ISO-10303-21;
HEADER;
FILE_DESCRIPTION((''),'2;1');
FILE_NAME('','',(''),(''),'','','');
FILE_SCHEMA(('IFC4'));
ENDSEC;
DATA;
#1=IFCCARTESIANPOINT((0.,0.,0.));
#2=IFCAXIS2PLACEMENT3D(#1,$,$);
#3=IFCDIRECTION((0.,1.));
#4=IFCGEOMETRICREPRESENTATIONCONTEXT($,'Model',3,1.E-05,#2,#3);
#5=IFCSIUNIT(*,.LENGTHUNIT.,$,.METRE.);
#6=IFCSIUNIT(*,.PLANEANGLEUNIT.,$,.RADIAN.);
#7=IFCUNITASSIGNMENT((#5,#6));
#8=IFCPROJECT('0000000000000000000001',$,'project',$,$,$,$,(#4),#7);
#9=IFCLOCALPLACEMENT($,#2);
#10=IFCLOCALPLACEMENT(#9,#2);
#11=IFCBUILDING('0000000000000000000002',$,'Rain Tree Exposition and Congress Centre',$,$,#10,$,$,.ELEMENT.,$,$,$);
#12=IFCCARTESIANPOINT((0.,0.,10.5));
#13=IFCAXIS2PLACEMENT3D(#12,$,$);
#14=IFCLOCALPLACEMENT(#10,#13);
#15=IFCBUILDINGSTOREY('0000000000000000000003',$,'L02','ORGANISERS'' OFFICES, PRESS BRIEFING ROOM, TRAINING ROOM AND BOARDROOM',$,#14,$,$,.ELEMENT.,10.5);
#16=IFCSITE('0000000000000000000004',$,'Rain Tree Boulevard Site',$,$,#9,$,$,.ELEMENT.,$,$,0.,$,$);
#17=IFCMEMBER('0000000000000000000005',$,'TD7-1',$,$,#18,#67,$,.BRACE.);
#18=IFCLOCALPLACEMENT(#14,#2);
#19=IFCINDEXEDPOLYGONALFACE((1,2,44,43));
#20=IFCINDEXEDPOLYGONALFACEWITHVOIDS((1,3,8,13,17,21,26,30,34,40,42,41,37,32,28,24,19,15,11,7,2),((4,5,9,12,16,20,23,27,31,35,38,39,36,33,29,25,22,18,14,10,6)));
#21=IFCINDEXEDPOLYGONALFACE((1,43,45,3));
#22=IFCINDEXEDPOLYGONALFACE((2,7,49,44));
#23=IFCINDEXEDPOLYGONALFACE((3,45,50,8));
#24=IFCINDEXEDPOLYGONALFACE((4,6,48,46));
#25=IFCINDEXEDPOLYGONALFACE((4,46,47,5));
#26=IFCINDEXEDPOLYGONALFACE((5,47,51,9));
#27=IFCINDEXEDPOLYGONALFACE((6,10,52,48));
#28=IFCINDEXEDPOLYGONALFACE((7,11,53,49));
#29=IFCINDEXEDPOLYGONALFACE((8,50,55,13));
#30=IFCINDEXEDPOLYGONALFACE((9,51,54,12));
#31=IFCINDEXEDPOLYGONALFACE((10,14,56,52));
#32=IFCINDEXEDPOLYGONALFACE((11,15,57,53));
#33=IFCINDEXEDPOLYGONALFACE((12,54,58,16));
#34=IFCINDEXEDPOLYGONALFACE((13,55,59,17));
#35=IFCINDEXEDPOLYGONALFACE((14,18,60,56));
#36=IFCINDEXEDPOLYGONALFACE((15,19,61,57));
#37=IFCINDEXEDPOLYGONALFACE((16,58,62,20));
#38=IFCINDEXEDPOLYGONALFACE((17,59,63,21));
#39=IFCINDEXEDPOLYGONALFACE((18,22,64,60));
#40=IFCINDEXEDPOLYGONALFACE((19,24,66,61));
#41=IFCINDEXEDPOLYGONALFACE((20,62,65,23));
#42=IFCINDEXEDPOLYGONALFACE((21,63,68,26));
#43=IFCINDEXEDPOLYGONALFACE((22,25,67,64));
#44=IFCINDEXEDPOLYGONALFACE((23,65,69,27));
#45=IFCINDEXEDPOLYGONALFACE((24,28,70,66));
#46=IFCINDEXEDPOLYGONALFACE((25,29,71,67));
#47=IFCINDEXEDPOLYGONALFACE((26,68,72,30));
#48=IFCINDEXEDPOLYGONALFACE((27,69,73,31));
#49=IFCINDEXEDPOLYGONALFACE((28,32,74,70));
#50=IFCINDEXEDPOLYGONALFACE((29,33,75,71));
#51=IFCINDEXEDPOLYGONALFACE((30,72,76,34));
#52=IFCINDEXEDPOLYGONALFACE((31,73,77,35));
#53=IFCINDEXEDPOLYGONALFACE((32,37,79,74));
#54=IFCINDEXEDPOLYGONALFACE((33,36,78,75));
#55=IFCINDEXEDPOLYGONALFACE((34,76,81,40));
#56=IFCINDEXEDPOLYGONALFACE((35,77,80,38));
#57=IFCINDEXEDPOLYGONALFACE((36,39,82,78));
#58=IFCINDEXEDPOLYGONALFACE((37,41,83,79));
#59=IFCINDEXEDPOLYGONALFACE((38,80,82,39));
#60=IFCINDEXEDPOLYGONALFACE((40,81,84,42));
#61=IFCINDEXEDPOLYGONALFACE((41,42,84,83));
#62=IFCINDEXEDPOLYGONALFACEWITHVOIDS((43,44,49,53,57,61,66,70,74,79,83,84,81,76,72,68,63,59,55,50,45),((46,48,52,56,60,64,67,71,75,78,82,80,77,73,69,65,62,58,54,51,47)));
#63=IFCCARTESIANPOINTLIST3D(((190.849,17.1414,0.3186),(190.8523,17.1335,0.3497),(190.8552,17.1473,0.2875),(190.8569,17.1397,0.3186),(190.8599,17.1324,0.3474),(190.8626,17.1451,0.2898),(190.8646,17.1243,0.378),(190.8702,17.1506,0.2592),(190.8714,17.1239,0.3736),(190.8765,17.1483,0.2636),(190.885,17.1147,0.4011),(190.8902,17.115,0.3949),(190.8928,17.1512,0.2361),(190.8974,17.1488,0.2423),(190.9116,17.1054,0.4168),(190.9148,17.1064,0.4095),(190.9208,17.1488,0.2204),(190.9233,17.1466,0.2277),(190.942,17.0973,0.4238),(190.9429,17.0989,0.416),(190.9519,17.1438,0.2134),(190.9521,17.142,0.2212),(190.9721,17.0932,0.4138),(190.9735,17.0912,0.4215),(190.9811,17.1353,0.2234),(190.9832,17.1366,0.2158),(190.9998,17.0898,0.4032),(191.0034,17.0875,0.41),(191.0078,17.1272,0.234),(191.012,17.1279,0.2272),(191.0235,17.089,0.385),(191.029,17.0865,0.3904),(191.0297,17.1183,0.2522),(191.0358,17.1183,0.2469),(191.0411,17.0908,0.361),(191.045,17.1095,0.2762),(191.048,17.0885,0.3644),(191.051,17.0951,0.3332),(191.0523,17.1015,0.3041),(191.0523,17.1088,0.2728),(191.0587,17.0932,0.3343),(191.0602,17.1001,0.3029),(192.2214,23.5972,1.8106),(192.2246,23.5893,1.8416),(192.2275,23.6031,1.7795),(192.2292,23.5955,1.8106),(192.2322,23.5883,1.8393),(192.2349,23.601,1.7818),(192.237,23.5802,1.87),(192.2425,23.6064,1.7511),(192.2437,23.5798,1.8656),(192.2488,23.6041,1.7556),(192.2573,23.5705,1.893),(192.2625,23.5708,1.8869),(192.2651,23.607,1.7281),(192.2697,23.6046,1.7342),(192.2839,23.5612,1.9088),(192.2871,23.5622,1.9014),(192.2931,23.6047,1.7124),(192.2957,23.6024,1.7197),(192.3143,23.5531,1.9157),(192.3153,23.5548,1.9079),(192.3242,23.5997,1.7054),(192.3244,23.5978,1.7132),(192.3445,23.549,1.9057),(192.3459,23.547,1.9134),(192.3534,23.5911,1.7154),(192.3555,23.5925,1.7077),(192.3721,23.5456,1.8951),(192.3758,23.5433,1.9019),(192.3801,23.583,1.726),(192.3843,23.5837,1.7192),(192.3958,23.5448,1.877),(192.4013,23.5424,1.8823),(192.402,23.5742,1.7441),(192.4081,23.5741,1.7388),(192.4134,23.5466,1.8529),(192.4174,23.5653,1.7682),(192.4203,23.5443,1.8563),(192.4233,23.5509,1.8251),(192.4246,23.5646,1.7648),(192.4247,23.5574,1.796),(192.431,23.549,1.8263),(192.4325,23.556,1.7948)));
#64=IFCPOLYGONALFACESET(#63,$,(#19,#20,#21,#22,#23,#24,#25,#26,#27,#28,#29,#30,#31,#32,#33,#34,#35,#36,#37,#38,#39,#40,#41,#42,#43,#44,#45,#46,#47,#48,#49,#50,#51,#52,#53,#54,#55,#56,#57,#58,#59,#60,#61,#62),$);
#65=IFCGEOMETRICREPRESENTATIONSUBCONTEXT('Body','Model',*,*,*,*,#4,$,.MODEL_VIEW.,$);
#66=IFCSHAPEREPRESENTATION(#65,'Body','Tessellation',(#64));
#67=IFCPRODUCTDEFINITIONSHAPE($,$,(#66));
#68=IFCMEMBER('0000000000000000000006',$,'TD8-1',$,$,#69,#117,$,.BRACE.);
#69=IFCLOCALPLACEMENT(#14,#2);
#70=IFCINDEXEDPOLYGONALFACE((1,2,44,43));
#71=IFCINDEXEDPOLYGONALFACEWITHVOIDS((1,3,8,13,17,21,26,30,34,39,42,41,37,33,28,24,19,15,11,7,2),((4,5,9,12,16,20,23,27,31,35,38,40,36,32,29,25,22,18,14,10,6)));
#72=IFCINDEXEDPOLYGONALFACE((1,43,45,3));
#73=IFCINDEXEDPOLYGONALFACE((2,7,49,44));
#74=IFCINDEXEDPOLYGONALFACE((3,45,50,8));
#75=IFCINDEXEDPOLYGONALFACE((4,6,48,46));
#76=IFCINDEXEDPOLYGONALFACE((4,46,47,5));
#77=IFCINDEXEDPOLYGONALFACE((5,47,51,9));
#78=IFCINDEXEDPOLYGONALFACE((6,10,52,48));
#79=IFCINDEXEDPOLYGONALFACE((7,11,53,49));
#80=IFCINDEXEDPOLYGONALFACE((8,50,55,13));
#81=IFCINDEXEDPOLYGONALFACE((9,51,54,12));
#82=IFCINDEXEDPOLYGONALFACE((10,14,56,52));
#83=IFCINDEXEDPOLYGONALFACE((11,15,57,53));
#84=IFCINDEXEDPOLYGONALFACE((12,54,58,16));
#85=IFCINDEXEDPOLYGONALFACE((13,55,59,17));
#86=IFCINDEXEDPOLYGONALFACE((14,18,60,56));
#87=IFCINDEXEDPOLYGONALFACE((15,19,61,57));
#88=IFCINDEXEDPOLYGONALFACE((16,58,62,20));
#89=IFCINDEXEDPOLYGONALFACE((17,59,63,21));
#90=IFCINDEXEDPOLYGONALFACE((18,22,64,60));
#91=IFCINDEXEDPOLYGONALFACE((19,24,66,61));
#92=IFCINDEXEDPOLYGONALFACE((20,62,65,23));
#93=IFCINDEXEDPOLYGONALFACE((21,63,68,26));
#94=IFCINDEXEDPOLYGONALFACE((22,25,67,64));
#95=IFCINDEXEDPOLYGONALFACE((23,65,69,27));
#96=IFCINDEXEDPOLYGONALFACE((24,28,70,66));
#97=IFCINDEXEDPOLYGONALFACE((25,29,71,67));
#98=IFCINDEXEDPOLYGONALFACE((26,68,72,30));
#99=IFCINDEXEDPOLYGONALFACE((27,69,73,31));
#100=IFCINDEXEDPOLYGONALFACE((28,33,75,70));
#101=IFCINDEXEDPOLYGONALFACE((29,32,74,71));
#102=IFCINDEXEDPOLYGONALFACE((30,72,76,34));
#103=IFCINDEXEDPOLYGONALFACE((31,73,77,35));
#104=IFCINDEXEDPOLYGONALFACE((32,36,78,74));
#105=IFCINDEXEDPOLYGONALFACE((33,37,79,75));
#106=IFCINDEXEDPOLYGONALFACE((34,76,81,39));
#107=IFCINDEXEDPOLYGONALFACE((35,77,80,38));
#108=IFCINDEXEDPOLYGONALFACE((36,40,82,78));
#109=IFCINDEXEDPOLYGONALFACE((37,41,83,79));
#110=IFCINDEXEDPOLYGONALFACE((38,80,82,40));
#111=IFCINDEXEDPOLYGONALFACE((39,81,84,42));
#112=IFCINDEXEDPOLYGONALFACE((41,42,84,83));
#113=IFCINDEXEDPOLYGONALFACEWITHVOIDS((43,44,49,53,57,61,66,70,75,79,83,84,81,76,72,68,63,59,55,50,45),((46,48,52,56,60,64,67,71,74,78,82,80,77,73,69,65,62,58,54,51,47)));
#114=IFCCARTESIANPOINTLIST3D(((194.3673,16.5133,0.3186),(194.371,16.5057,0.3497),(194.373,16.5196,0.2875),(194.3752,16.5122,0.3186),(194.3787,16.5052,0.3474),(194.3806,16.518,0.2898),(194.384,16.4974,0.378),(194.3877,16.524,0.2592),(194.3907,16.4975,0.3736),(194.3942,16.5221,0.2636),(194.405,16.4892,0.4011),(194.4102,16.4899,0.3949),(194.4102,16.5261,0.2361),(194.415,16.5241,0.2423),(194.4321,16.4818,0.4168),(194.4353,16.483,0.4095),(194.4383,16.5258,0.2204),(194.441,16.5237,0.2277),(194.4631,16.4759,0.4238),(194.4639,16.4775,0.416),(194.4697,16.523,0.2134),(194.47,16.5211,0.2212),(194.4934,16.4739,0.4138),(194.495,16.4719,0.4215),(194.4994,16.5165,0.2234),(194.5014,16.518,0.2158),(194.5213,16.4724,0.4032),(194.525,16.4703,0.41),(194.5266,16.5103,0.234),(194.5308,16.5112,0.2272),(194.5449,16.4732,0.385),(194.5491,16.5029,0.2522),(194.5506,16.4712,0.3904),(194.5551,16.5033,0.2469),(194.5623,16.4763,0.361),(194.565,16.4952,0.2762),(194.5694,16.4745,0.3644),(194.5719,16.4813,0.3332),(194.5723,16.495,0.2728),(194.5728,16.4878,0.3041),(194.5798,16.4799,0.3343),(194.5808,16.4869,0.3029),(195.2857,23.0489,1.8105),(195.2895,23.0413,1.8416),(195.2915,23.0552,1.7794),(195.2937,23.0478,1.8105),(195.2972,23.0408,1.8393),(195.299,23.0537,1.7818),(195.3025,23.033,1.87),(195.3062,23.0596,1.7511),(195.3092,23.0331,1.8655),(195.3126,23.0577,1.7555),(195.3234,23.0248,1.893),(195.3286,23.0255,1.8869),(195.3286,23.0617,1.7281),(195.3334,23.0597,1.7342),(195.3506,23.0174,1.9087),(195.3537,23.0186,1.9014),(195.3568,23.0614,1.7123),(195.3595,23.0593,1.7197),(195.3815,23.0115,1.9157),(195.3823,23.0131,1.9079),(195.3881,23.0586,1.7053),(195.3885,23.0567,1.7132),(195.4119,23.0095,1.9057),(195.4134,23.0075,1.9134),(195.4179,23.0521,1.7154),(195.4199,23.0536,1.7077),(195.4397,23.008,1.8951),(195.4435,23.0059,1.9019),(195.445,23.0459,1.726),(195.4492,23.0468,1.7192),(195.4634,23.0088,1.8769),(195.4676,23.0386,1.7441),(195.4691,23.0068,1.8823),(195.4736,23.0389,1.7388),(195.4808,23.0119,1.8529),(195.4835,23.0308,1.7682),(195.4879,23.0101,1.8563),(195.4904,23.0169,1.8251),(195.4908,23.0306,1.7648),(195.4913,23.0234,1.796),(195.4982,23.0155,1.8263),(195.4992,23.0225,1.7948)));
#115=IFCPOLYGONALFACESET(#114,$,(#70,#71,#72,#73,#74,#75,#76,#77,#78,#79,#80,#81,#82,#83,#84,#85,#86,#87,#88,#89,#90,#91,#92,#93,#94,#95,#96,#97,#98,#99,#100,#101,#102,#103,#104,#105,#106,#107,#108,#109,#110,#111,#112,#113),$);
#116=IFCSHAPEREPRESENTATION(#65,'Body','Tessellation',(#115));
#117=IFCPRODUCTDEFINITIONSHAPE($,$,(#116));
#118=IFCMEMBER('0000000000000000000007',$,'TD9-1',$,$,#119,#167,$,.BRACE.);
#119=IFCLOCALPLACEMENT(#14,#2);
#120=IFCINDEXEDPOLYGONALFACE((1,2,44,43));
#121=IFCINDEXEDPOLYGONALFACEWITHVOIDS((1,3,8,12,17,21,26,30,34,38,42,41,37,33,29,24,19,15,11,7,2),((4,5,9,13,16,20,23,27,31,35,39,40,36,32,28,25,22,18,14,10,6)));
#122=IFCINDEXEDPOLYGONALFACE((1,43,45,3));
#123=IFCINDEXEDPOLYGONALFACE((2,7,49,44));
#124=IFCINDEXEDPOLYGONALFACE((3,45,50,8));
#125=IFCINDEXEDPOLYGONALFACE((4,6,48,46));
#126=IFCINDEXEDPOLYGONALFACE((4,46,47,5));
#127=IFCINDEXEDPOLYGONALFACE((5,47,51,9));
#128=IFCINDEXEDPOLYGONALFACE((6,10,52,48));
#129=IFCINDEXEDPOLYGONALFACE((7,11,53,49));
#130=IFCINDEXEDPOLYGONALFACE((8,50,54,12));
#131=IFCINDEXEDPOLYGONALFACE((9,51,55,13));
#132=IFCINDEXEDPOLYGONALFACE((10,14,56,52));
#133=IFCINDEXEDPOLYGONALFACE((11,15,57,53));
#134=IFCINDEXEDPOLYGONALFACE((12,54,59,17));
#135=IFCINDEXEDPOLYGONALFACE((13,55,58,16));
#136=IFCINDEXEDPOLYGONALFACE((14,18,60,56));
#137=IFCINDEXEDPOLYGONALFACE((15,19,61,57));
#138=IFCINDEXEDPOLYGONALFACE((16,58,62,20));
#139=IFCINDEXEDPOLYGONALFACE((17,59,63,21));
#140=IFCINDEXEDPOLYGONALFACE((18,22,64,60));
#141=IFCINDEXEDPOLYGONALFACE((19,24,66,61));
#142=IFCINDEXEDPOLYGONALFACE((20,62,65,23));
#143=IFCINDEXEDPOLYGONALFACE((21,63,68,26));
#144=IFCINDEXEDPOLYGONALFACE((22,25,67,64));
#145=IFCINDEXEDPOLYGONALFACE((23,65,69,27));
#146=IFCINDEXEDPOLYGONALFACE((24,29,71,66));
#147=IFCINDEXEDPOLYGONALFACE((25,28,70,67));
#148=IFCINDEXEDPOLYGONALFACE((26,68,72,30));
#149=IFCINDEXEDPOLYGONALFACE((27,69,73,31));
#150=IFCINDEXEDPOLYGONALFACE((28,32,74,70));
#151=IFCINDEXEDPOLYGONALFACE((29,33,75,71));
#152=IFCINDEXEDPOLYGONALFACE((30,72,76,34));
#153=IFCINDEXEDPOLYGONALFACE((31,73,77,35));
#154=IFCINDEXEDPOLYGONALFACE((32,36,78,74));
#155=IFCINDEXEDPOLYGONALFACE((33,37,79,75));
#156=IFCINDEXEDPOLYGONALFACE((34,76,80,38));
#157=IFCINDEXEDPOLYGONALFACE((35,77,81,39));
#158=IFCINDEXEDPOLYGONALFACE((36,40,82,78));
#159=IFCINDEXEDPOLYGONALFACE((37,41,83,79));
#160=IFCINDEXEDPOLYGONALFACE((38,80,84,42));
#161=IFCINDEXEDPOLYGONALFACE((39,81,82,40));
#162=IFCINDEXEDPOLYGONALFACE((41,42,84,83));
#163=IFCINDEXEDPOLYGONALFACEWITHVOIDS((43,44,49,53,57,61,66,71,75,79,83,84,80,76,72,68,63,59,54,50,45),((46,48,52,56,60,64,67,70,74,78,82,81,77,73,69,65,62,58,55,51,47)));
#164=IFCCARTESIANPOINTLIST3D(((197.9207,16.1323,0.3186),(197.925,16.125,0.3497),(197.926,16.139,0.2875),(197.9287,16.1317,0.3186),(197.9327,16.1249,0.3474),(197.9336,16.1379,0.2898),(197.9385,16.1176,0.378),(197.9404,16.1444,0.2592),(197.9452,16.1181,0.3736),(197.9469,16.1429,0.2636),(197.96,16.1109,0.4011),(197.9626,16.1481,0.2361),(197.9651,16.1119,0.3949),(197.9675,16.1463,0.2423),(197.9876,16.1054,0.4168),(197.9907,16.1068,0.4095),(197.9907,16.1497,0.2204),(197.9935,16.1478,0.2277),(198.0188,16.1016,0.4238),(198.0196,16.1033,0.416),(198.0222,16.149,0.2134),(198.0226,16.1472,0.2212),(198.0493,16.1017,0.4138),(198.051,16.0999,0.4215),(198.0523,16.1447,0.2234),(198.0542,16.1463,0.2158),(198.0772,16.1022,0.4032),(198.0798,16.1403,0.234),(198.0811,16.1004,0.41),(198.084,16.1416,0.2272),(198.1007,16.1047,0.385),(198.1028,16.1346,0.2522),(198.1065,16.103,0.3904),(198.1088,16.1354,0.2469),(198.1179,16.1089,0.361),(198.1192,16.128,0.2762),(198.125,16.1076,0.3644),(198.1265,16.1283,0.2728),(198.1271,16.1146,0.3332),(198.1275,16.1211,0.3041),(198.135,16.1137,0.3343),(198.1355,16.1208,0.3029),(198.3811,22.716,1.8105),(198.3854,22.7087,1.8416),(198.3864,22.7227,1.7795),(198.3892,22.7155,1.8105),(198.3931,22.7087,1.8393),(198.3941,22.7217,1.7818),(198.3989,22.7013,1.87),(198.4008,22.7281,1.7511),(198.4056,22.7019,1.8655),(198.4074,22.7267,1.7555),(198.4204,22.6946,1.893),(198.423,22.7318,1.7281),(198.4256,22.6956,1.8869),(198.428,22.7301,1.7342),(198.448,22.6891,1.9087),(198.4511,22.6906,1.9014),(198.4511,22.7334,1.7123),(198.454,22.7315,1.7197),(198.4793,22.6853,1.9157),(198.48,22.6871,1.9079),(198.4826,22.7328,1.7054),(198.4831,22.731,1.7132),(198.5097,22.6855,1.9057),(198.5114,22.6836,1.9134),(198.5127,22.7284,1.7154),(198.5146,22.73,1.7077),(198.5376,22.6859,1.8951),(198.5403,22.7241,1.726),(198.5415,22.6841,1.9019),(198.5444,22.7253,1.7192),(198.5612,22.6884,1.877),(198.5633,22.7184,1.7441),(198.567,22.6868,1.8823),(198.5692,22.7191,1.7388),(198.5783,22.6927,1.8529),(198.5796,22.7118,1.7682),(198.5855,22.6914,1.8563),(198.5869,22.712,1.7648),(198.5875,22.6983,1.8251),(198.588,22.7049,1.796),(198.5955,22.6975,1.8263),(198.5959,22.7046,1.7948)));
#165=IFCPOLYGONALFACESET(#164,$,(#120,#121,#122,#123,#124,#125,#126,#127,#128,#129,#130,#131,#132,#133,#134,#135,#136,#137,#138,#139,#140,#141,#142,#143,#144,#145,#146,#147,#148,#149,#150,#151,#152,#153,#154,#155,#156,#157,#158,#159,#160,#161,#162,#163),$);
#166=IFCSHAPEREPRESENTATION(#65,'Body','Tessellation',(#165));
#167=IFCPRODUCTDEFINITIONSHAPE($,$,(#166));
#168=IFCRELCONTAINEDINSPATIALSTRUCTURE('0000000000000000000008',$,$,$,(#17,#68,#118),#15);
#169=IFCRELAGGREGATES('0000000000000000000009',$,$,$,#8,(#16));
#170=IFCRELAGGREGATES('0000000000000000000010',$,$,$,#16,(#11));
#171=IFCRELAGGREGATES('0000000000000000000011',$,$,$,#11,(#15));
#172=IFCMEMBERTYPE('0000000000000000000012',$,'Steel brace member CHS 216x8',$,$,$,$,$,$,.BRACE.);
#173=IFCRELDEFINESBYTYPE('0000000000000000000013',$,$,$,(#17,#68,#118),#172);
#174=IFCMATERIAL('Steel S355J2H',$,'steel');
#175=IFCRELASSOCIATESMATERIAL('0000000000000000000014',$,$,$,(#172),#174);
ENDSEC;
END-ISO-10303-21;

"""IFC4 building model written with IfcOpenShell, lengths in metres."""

from ifc_helpers import new_model, si_unit, direction, frame, origin, origin_2d, place, context, subcontext, project, spatial, hollow_circle, extrude, material, material_profile, profile_set, type_object, element, save


model = new_model("IFC4")

# Units and contexts
model_context = context("Model", 3, precision=1e-05, world=origin(), true_north=direction((0.0, 1.0)))
body_context = subcontext(model_context, "Body", "Model", "MODEL_VIEW")
ifc_project = project(units=[si_unit("LENGTHUNIT", "METRE"), si_unit("PLANEANGLEUNIT", "RADIAN")], contexts=[model_context])

# Site, building, storey
site_placement = place(None, origin())
site = spatial("IfcSite", under=ifc_project, at=site_placement, Name="Rain Tree Boulevard Site", CompositionType="ELEMENT", RefElevation=0.0)
building_placement = place(site_placement, origin())
building = spatial("IfcBuilding", under=site, at=building_placement, Name="Rain Tree Exposition and Congress Centre", CompositionType="ELEMENT")
storey_placement = place(building_placement, frame((0.0, 0.0, 10.5)))
storey = spatial("IfcBuildingStorey", under=building, at=storey_placement, Name="L02", Description="ORGANISERS' OFFICES, PRESS BRIEFING ROOM, TRAINING ROOM AND BOARDROOM", CompositionType="ELEMENT", Elevation=10.5)

# Members
ifc_material_1 = material(Name="Steel S355J2H", Category="steel")
ifc_material_profile_1 = material_profile(ifc_material_1, hollow_circle(Radius=0.1082, WallThickness=0.0081, at=origin_2d()), Name="CHS 216x8")
ifc_profile_set_1 = profile_set([ifc_material_profile_1], Name="Steel S355J2H")
member_type_1 = type_object("IfcMemberType", Name="Steel brace member CHS 216x8", PredefinedType="BRACE", material=ifc_profile_set_1)
member_1_placement = place(storey_placement, frame((190.9548, 17.1189, 0.3186), z_axis=(0.202808, 0.954073, 0.220487), x_axis=(-0.978145, 0.207925, 0.0)))
element("IfcMember", 1, at=member_1_placement, inside=storey, type_object=member_type_1, Name="TD7-1", PredefinedType="BRACE", context=body_context, shape_type="SweptSolid", body=[
    extrude(hollow_circle(Radius=0.1082, WallThickness=0.0081, at=origin_2d()), origin(), (0.0, 0.0, 1.0), 6.7666),
])
for number, where, z_axis, x_axis, name in (
    (2, (194.4744, 16.4983, 0.3186), (0.135738, 0.965898, 0.220493), (-0.990269, 0.139163, 0.0), "TD8-1"),
    (3, (198.0286, 16.1248, 0.3186), (0.06805, 0.973012, 0.220494), (-0.997563, 0.069767, 0.0), "TD9-1"),
):
    element("IfcMember", number, at=place(storey_placement, frame(where, z_axis=z_axis, x_axis=x_axis)), inside=storey, type_object=member_type_1, Name=name, PredefinedType="BRACE", context=body_context, shape_type="SweptSolid", body=[
        extrude(hollow_circle(Radius=0.1082, WallThickness=0.0081, at=origin_2d()), origin(), (0.0, 0.0, 1.0), 6.7664),
    ])

save(model, "model.ifc")
